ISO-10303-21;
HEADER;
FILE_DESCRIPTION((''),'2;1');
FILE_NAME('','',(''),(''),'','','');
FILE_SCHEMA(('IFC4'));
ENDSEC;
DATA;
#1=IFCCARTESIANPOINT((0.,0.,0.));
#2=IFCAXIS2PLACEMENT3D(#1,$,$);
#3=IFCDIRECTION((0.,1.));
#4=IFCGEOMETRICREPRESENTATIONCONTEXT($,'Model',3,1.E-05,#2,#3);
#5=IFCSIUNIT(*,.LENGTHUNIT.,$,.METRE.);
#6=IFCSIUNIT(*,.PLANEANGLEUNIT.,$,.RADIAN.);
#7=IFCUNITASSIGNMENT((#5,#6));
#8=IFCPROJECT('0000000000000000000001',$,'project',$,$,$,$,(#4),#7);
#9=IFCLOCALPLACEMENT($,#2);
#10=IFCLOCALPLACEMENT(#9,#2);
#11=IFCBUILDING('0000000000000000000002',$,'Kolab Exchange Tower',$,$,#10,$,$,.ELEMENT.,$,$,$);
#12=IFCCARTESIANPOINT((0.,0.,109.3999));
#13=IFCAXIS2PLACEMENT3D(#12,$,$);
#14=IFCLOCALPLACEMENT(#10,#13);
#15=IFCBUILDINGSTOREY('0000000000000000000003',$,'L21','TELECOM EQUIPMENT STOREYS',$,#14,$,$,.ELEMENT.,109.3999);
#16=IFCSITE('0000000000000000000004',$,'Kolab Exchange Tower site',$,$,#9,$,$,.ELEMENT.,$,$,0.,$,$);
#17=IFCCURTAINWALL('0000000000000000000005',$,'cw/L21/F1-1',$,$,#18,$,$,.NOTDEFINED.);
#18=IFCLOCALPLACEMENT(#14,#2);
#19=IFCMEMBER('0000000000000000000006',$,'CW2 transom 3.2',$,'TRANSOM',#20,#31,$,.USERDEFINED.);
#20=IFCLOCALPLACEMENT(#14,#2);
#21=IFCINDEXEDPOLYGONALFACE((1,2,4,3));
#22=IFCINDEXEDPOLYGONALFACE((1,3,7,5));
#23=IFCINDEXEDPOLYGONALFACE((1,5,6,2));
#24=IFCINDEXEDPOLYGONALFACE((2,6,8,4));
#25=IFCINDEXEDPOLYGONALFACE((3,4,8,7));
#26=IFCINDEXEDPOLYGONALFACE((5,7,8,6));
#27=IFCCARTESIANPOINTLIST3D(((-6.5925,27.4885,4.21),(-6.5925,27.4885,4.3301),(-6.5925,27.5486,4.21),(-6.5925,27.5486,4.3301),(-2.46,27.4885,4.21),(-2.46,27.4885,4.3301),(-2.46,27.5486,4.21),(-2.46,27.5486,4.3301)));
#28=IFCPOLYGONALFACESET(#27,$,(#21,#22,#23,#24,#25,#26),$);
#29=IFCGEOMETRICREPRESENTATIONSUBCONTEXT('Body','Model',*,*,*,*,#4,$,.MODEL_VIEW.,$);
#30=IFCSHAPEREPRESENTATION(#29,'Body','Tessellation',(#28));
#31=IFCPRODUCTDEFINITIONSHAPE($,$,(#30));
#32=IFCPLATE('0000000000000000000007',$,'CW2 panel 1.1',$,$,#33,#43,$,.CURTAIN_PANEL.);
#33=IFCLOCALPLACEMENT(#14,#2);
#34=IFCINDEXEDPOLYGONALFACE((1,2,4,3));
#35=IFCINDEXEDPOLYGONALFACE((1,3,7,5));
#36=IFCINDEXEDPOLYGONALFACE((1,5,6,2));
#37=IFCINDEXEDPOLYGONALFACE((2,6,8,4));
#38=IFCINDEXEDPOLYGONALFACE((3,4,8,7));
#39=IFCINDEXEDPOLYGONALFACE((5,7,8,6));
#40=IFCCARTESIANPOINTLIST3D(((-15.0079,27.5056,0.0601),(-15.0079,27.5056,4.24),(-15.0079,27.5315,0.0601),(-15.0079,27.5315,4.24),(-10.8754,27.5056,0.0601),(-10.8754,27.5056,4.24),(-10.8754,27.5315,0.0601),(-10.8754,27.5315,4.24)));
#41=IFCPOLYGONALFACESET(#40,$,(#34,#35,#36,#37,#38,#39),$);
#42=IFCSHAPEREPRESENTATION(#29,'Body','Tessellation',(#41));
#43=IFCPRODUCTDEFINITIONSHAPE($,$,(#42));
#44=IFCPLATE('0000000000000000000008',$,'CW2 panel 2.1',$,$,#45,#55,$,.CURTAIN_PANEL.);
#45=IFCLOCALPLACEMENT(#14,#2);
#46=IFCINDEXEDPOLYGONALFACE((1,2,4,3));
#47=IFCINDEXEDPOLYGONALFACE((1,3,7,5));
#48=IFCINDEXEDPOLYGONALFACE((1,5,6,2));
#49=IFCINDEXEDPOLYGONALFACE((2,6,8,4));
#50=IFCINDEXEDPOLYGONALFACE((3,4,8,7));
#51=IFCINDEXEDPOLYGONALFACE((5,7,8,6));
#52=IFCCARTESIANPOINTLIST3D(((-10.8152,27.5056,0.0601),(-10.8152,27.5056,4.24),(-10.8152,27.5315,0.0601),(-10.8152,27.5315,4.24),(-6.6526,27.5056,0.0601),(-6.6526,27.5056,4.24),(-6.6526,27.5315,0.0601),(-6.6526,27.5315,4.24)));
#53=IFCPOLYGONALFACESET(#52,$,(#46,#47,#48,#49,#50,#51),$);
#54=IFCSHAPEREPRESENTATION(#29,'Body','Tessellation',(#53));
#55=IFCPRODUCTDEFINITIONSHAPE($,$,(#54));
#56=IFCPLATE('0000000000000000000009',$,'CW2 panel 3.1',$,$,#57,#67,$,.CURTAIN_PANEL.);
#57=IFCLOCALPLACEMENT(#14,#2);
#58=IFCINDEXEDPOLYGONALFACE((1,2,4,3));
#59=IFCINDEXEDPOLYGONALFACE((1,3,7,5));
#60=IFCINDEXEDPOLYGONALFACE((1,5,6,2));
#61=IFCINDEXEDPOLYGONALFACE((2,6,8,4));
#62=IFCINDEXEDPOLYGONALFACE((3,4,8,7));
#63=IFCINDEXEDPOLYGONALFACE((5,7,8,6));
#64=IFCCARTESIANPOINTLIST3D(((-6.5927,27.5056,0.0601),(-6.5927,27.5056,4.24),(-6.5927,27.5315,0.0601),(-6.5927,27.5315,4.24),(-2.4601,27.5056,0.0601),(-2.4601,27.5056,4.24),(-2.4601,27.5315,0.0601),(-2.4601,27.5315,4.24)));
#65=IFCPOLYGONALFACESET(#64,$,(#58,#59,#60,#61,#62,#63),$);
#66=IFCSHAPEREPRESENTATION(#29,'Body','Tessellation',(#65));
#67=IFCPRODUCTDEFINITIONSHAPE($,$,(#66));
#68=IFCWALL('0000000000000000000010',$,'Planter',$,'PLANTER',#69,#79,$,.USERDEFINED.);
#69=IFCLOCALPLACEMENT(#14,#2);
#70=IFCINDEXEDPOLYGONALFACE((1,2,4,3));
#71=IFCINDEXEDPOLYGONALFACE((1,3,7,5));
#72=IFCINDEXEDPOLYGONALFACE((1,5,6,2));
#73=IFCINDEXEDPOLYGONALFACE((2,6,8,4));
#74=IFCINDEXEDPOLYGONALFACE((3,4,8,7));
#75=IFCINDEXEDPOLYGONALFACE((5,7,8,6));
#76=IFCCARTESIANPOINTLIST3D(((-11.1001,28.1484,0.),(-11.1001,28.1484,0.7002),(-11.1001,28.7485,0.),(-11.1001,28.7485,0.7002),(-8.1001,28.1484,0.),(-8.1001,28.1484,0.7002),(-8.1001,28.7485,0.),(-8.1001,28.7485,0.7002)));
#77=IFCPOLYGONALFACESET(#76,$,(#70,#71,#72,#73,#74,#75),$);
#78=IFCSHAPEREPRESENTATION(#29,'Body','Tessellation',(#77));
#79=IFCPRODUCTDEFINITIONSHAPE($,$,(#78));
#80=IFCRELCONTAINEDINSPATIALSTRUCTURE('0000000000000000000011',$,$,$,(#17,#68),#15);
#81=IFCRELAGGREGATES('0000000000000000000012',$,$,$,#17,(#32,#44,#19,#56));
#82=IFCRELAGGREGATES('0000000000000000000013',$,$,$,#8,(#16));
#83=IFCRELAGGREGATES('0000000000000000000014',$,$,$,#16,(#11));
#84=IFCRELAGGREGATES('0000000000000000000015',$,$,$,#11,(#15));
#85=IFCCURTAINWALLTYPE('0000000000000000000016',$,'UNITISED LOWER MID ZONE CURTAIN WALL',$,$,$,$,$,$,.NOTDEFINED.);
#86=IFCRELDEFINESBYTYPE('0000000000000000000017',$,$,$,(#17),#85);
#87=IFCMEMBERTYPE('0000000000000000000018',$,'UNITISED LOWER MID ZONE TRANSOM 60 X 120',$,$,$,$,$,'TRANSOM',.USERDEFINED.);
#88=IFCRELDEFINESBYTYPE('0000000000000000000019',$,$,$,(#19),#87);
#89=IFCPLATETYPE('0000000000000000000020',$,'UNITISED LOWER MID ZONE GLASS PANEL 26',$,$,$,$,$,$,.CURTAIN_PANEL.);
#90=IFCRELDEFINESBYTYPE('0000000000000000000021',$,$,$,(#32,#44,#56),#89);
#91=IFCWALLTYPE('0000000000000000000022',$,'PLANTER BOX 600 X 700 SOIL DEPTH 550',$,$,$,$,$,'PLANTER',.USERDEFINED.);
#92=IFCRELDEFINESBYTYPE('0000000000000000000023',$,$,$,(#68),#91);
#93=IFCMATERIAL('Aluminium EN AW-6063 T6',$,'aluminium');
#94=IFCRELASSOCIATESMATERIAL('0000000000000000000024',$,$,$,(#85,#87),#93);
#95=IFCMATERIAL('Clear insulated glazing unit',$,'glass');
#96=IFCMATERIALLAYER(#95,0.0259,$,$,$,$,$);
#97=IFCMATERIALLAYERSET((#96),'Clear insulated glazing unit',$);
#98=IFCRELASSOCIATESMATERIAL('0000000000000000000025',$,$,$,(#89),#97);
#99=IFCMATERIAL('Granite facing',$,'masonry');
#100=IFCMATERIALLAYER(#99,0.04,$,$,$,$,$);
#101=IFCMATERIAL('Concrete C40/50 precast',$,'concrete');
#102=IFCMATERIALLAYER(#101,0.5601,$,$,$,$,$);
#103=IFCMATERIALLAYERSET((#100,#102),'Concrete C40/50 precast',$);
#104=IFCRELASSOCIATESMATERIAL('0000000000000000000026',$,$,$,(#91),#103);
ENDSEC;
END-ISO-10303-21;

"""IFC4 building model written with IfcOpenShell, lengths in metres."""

from ifc_helpers import new_model, si_unit, direction, frame, frame_2d, origin, origin_2d, place, context, subcontext, project, spatial, rectangle, extrude, material, layer, layer_set, material_profile, profile_set, type_object, element, aggregate, save


model = new_model("IFC4")

# Units and contexts
model_context = context("Model", 3, precision=1e-05, world=origin(), true_north=direction((0.0, 1.0)))
body_context = subcontext(model_context, "Body", "Model", "MODEL_VIEW")
ifc_project = project(units=[si_unit("LENGTHUNIT", "METRE"), si_unit("PLANEANGLEUNIT", "RADIAN")], contexts=[model_context])

# Site, building, storey
site_placement = place(None, origin())
site = spatial("IfcSite", under=ifc_project, at=site_placement, Name="Kolab Exchange Tower site", CompositionType="ELEMENT", RefElevation=0.0)
building_placement = place(site_placement, origin())
building = spatial("IfcBuilding", under=site, at=building_placement, Name="Kolab Exchange Tower", CompositionType="ELEMENT")
storey_placement = place(building_placement, frame((0.0, 0.0, 109.3999)))
storey = spatial("IfcBuildingStorey", under=building, at=storey_placement, Name="L21", Description="TELECOM EQUIPMENT STOREYS", CompositionType="ELEMENT", Elevation=109.3999)

# Curtain wall, member, plates
ifc_material_1 = material(Name="Aluminium EN AW-6063 T6", Category="aluminium")
curtain_wall_type = type_object("IfcCurtainWallType", Name="UNITISED LOWER MID ZONE CURTAIN WALL", PredefinedType="NOTDEFINED", material=ifc_material_1)
curtain_wall_placement = place(storey_placement, origin())
curtain_wall = element("IfcCurtainWall", 1, at=curtain_wall_placement, inside=storey, type_object=curtain_wall_type, Name="cw/L21/F1-1", PredefinedType="NOTDEFINED")
ifc_material_profile_1 = material_profile(ifc_material_1, rectangle(XDim=0.0601, YDim=0.1201, at=origin_2d()), Name="RECT 60X120")
ifc_profile_set_1 = profile_set([ifc_material_profile_1], Name="Aluminium EN AW-6063 T6")
member_type_1 = type_object("IfcMemberType", Name="UNITISED LOWER MID ZONE TRANSOM 60 X 120", ElementType="TRANSOM", PredefinedType="USERDEFINED", material=ifc_profile_set_1)
member_1_placement = place(storey_placement, frame((-6.5925, 27.5186, 4.27), z_axis=(1.0, 0.0, 0.0), x_axis=(0.0, 1.0, 0.0)))
member_1 = element("IfcMember", 2, at=member_1_placement, type_object=member_type_1, Name="CW2 transom 3.2", ObjectType="TRANSOM", PredefinedType="USERDEFINED", context=body_context, shape_type="SweptSolid", body=[
    extrude(rectangle(XDim=0.0601, YDim=0.1201, at=origin_2d()), origin(), (0.0, 0.0, 1.0), 4.1326),
])
ifc_material_2 = material(Name="Clear insulated glazing unit", Category="glass")
ifc_layer_1 = layer(ifc_material_2, 0.0259)
ifc_layer_set_1 = layer_set([ifc_layer_1], Name="Clear insulated glazing unit")
plate_type = type_object("IfcPlateType", Name="UNITISED LOWER MID ZONE GLASS PANEL 26", PredefinedType="CURTAIN_PANEL", material=ifc_layer_set_1)
plate_1_placement = place(storey_placement, frame((-12.9417, 27.5186, 0.0601), z_axis=(0.0, 0.0, 1.0), x_axis=(1.0, 0.0, 0.0)))
plate_1 = element("IfcPlate", 3, at=plate_1_placement, type_object=plate_type, Name="CW2 panel 1.1", PredefinedType="CURTAIN_PANEL", context=body_context, shape_type="SweptSolid", body=[
    extrude(rectangle(XDim=4.1326, YDim=0.0259, at=origin_2d()), origin(), (0.0, 0.0, 1.0), 4.1799),
])
plate_2_placement = place(storey_placement, frame((-8.7339, 27.5186, 0.0601), z_axis=(0.0, 0.0, 1.0), x_axis=(1.0, 0.0, 0.0)))
plate_2 = element("IfcPlate", 4, at=plate_2_placement, type_object=plate_type, Name="CW2 panel 2.1", PredefinedType="CURTAIN_PANEL", context=body_context, shape_type="SweptSolid", body=[
    extrude(rectangle(XDim=4.1626, YDim=0.0259, at=origin_2d()), origin(), (0.0, 0.0, 1.0), 4.1799),
])
plate_3_placement = place(storey_placement, frame((-4.5264, 27.5186, 0.0601), z_axis=(0.0, 0.0, 1.0), x_axis=(1.0, 0.0, 0.0)))
plate_3 = element("IfcPlate", 5, at=plate_3_placement, type_object=plate_type, Name="CW2 panel 3.1", PredefinedType="CURTAIN_PANEL", context=body_context, shape_type="SweptSolid", body=[
    extrude(rectangle(XDim=4.1326, YDim=0.0259, at=origin_2d()), origin(), (0.0, 0.0, 1.0), 4.1799),
])
aggregate(curtain_wall, [plate_1, plate_2, member_1, plate_3])

# Wall
ifc_material_3 = material(Name="Granite facing", Category="masonry")
ifc_layer_2 = layer(ifc_material_3, 0.04)
ifc_material_4 = material(Name="Concrete C40/50 precast", Category="concrete")
ifc_layer_3 = layer(ifc_material_4, 0.5601)
ifc_layer_set_2 = layer_set([ifc_layer_2, ifc_layer_3], Name="Concrete C40/50 precast")
wall_type_1 = type_object("IfcWallType", Name="PLANTER BOX 600 X 700 SOIL DEPTH 550", ElementType="PLANTER", PredefinedType="USERDEFINED", material=ifc_layer_set_2)
wall_1_placement = place(storey_placement, frame((-11.1001, 28.4485, 0.0), z_axis=(0.0, 0.0, 1.0), x_axis=(1.0, 0.0, 0.0)))
element("IfcWall", 6, at=wall_1_placement, inside=storey, type_object=wall_type_1, Name="Planter", ObjectType="PLANTER", PredefinedType="USERDEFINED", context=body_context, shape_type="SweptSolid", body=[
    extrude(rectangle(XDim=3.0, YDim=0.6001, at=frame_2d((1.5, 0.0))), origin(), (0.0, 0.0, 1.0), 0.7002),
])

save(model, "model.ifc")
